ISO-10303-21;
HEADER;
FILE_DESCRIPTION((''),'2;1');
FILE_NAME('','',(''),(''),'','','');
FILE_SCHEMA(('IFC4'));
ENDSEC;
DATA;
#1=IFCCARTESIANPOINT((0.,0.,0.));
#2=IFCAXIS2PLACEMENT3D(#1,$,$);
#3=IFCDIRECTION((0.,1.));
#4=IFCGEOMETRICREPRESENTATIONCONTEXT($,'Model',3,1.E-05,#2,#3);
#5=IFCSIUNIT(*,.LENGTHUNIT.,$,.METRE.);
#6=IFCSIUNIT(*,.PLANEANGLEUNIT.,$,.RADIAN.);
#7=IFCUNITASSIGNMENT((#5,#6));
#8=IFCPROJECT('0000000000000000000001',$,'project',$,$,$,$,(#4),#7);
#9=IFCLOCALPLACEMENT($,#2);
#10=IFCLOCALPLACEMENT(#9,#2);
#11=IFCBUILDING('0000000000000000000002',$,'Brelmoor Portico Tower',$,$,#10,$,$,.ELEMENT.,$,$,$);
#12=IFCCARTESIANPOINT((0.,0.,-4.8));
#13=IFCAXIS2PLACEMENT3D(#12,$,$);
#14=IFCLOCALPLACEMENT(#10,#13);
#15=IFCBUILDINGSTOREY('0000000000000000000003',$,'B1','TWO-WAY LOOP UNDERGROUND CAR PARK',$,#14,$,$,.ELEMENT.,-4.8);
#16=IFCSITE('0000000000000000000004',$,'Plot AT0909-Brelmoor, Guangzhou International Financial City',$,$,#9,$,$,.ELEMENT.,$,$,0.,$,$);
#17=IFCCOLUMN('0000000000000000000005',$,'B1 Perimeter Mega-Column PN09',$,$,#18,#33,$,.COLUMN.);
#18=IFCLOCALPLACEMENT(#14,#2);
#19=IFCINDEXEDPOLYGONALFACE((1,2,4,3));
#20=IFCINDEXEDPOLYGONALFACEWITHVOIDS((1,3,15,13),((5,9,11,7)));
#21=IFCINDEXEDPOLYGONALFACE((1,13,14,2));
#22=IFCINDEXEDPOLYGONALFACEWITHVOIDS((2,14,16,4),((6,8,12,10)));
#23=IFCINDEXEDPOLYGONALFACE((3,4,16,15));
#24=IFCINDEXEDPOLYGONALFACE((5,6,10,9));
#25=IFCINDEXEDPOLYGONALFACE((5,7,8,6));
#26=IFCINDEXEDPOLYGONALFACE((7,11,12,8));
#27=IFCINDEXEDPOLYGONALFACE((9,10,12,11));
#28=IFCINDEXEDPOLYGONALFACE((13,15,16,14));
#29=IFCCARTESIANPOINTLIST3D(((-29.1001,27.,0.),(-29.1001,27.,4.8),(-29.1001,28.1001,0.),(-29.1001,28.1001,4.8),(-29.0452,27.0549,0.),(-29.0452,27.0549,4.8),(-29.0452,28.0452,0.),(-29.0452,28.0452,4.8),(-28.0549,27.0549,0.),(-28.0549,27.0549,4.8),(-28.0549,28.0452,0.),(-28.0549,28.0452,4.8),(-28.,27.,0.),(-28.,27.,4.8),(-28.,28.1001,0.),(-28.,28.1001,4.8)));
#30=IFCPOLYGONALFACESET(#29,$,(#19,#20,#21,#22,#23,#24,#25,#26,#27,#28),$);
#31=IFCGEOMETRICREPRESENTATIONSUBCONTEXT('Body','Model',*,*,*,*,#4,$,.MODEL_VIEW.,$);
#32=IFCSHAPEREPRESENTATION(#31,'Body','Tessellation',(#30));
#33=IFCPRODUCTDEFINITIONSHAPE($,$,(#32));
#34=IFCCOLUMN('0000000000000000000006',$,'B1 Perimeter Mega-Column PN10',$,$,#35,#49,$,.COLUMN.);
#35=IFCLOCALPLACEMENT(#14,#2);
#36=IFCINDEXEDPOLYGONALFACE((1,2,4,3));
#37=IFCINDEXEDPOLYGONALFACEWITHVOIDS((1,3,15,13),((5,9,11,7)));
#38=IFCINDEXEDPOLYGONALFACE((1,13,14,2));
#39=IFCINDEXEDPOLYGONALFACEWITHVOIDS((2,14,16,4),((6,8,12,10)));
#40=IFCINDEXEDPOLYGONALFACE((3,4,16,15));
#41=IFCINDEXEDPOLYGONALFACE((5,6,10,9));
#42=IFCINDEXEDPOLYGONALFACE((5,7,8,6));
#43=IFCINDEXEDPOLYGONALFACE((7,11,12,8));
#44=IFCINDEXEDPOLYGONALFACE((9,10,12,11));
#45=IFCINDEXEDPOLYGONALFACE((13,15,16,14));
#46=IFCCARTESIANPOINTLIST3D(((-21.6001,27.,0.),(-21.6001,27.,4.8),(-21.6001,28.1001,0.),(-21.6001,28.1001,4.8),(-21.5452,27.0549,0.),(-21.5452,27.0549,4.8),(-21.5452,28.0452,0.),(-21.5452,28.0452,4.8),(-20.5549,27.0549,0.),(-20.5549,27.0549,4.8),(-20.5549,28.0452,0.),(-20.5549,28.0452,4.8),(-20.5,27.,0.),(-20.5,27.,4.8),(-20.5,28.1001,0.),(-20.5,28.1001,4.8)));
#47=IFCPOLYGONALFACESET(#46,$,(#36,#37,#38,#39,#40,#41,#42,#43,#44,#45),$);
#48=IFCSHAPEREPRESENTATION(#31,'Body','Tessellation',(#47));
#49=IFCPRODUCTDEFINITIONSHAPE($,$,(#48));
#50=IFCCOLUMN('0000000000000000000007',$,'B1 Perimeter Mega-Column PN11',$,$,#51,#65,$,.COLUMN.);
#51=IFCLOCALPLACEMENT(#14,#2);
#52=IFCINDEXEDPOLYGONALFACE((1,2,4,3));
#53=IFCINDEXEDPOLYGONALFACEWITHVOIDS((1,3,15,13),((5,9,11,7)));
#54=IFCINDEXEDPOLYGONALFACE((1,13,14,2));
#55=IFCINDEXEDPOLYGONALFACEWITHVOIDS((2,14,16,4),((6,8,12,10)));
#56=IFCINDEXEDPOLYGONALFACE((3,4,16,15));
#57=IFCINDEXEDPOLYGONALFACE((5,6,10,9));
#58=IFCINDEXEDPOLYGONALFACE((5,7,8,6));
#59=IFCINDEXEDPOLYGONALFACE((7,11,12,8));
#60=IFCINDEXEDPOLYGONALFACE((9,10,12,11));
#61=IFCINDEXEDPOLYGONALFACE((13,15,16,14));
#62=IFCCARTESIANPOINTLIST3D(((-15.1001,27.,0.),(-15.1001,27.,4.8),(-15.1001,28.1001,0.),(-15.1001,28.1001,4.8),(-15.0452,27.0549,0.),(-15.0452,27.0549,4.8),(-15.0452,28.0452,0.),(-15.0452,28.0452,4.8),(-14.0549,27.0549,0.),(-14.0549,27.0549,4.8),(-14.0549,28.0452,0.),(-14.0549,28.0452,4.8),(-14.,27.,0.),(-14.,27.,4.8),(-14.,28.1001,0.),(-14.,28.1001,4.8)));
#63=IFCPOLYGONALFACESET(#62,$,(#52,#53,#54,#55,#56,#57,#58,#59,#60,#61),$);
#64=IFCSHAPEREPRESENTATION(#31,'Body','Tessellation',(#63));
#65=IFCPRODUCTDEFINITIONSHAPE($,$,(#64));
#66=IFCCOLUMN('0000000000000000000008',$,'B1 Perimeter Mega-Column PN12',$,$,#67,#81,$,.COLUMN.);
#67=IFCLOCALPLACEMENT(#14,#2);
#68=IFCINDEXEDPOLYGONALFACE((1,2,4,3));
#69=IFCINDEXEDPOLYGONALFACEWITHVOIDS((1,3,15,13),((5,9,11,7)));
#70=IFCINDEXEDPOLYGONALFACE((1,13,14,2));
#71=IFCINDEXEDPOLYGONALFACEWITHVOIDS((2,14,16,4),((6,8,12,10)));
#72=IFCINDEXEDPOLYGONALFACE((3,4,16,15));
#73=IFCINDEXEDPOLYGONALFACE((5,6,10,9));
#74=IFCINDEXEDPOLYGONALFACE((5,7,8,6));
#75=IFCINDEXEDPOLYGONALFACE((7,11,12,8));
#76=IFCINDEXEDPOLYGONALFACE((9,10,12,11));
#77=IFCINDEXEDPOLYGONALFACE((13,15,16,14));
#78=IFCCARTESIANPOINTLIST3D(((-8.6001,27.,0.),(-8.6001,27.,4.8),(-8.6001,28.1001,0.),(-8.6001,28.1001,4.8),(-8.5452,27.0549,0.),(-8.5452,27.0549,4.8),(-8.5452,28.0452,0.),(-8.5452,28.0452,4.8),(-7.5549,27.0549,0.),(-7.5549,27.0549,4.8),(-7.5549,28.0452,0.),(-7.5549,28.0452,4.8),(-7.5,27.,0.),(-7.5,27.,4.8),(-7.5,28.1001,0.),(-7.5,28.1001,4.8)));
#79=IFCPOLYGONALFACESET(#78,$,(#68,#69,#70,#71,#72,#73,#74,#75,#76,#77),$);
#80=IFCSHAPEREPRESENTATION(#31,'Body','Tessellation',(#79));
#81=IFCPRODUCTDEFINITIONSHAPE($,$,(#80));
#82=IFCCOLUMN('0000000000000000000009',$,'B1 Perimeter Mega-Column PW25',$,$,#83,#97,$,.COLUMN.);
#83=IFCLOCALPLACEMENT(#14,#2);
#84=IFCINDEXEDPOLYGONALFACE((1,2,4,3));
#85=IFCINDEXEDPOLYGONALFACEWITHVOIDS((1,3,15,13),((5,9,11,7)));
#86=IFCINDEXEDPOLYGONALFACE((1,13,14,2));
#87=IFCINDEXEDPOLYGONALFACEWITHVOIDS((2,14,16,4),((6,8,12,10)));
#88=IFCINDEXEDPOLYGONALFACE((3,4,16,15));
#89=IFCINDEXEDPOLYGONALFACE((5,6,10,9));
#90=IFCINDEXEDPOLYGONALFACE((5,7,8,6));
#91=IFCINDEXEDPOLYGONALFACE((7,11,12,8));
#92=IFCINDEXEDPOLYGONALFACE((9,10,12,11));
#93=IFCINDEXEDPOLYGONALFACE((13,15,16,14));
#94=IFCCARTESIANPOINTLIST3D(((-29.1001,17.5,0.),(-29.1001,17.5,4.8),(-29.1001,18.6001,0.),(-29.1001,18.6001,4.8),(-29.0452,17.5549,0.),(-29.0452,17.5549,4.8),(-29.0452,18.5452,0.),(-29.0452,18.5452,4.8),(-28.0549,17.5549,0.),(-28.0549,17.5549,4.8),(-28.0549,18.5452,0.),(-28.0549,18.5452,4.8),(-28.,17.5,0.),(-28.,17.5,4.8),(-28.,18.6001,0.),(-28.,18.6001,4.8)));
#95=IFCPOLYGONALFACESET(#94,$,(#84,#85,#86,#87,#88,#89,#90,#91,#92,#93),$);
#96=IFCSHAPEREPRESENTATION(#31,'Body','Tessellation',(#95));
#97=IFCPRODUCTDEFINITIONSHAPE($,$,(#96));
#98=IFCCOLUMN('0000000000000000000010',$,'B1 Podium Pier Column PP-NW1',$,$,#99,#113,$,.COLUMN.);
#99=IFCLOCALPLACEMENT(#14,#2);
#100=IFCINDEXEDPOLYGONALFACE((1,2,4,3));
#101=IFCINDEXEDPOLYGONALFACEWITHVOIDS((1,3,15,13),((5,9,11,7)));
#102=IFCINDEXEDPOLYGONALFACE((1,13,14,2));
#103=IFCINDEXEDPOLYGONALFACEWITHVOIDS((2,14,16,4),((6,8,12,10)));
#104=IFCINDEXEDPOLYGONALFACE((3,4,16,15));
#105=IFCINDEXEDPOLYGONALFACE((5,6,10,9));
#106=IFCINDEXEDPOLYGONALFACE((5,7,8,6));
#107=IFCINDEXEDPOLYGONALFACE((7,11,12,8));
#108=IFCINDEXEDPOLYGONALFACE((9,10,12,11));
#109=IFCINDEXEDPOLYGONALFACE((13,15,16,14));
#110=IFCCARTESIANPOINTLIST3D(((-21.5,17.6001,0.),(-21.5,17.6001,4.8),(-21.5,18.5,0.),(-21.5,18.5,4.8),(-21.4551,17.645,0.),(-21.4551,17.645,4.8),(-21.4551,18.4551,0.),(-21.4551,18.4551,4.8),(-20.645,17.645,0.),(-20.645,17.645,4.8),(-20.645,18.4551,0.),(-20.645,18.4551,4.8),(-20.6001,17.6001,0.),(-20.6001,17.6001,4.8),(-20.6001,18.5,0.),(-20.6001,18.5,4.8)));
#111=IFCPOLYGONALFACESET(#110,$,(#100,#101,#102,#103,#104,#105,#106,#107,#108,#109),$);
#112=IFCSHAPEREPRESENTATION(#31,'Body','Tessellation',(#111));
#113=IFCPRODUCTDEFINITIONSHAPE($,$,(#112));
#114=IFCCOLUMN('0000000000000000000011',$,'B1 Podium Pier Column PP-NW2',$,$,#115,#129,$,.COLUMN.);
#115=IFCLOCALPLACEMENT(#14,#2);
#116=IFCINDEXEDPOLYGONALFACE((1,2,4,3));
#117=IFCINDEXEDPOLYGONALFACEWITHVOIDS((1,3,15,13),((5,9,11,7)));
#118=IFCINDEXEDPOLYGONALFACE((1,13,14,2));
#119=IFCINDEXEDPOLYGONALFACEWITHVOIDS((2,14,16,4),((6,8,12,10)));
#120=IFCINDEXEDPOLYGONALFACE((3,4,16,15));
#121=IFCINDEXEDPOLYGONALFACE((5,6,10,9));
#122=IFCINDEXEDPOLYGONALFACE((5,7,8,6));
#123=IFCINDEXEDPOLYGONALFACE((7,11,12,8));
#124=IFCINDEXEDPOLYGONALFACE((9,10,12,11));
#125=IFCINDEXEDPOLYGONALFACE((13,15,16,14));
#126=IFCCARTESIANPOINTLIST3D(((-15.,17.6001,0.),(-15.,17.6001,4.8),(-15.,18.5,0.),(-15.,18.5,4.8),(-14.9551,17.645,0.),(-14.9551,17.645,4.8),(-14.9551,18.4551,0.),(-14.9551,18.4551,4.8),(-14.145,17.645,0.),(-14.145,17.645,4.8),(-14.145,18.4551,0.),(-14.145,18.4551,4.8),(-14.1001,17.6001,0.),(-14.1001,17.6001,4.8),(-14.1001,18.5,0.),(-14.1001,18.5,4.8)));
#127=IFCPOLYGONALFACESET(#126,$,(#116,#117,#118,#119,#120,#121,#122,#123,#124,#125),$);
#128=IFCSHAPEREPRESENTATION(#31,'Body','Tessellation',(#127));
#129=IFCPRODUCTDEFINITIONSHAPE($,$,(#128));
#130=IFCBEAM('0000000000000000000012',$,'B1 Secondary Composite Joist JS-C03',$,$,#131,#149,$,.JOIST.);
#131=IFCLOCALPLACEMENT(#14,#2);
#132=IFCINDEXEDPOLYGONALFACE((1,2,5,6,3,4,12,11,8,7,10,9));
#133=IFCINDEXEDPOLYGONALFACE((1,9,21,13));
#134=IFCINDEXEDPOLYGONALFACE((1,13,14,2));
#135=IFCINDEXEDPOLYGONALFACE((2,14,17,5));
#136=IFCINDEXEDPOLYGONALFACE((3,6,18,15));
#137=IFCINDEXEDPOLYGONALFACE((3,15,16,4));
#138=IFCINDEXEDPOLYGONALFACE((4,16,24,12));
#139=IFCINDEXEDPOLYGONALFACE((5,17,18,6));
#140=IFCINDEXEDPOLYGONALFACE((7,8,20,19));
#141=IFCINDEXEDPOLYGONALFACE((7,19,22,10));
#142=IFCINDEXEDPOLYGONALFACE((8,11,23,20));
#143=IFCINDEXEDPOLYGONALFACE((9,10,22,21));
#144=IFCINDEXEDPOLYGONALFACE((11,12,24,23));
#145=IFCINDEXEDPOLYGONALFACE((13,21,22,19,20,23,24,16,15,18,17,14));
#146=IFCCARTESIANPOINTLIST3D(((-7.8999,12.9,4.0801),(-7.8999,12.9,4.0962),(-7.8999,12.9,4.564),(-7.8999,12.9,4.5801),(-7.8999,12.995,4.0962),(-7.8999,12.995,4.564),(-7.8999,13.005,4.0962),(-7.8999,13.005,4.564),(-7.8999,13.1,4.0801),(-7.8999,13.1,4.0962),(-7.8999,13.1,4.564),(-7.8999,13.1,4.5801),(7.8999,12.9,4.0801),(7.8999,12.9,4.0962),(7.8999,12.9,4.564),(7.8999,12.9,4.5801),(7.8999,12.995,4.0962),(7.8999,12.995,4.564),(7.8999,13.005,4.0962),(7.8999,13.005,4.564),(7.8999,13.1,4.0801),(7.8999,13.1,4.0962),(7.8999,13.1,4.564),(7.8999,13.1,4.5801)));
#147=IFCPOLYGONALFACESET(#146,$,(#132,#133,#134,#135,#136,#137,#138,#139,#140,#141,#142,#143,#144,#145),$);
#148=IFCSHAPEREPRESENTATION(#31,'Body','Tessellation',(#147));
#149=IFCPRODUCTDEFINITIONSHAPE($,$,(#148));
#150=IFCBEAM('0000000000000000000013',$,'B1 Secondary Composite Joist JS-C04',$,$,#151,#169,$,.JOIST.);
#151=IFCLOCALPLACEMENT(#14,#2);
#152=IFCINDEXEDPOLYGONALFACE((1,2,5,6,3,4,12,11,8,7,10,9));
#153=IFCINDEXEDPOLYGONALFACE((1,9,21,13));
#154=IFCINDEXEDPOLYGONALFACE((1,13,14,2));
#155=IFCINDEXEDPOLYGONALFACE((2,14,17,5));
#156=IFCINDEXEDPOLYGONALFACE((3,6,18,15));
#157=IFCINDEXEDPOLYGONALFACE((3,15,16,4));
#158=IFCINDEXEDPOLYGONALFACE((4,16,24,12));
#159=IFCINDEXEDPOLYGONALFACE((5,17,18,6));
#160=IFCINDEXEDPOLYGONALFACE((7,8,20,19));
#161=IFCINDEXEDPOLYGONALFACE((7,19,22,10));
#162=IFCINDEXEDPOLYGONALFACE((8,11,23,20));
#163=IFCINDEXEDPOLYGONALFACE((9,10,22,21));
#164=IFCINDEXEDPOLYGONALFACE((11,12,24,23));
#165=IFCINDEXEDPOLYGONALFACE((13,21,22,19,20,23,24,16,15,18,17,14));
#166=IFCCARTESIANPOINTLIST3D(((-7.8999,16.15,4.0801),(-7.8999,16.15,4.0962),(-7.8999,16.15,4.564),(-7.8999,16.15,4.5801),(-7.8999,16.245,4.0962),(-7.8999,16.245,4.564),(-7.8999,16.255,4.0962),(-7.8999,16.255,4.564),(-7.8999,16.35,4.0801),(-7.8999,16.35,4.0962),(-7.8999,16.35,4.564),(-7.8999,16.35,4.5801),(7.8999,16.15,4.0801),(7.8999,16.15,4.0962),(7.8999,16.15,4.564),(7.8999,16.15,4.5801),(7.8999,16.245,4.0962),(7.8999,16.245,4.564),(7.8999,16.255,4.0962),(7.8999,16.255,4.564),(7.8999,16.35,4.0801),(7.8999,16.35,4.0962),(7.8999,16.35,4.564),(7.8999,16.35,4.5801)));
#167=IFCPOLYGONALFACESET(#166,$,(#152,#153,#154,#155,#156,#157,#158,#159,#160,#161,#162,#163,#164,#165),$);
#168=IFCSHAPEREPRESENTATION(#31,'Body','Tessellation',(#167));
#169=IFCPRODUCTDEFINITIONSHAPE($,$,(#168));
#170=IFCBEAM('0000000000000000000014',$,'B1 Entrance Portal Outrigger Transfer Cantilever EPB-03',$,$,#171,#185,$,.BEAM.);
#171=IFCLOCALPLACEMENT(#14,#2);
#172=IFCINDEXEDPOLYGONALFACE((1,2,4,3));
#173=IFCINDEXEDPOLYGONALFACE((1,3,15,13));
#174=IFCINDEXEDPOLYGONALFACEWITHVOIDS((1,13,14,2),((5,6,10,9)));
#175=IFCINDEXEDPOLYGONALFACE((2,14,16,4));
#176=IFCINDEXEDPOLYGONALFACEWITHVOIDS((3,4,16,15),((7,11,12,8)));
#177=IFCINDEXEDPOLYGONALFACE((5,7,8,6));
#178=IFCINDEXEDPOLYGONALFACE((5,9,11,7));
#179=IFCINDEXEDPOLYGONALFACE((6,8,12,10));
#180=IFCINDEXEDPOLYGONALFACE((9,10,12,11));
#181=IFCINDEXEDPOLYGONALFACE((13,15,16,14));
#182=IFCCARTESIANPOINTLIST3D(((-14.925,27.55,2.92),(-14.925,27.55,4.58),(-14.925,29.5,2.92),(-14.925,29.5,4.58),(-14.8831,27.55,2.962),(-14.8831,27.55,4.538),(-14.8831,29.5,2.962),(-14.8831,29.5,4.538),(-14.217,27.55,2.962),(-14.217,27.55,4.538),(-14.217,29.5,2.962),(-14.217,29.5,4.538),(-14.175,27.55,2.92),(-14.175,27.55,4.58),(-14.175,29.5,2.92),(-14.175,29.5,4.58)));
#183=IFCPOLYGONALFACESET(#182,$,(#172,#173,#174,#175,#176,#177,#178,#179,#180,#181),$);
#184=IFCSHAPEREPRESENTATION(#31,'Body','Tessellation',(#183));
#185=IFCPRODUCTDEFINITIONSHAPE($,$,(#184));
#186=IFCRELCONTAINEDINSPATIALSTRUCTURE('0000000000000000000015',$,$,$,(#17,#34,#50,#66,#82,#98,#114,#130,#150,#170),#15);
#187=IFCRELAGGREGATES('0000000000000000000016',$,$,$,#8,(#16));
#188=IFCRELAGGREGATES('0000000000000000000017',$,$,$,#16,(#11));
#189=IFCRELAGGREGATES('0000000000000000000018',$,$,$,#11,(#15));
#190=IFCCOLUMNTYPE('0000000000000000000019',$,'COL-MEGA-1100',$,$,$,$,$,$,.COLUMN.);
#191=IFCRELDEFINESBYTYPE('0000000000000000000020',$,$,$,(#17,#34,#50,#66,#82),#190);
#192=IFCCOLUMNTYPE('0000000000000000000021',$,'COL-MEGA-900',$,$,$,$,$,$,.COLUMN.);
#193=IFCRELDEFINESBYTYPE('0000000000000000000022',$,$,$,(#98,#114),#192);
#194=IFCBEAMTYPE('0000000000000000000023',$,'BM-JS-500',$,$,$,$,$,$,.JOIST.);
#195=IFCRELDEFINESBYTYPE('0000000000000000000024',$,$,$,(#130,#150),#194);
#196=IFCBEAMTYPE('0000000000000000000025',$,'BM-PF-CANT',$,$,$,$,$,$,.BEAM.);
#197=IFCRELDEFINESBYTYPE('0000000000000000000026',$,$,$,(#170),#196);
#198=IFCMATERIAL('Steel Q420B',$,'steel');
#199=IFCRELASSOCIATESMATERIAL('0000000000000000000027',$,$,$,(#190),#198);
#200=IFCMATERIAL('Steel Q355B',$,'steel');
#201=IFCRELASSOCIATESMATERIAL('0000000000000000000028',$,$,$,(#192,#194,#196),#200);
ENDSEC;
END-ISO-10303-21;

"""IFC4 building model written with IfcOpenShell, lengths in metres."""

from ifc_helpers import new_model, si_unit, direction, frame, origin, origin_2d, place, context, subcontext, project, spatial, hollow_rectangle, i_section, extrude, material, material_profile, profile_set, type_object, element, save


model = new_model("IFC4")

# Units and contexts
model_context = context("Model", 3, precision=1e-05, world=origin(), true_north=direction((0.0, 1.0)))
body_context = subcontext(model_context, "Body", "Model", "MODEL_VIEW")
ifc_project = project(units=[si_unit("LENGTHUNIT", "METRE"), si_unit("PLANEANGLEUNIT", "RADIAN")], contexts=[model_context])

# Site, building, storey
site_placement = place(None, origin())
site = spatial("IfcSite", under=ifc_project, at=site_placement, Name="Plot AT0909-Brelmoor, Guangzhou International Financial City", CompositionType="ELEMENT", RefElevation=0.0)
building_placement = place(site_placement, origin())
building = spatial("IfcBuilding", under=site, at=building_placement, Name="Brelmoor Portico Tower", CompositionType="ELEMENT")
storey_placement = place(building_placement, frame((0.0, 0.0, -4.8)))
storey = spatial("IfcBuildingStorey", under=building, at=storey_placement, Name="B1", Description="TWO-WAY LOOP UNDERGROUND CAR PARK", CompositionType="ELEMENT", Elevation=-4.8)

# Columns
ifc_material_1 = material(Name="Steel Q420B", Category="steel")
ifc_material_profile_1 = material_profile(ifc_material_1, hollow_rectangle(XDim=1.1001, YDim=1.1001, WallThickness=0.0549, at=origin_2d()), Name="BOX 1100x1100x55")
ifc_profile_set_1 = profile_set([ifc_material_profile_1], Name="Steel Q420B")
column_type_1 = type_object("IfcColumnType", Name="COL-MEGA-1100", PredefinedType="COLUMN", material=ifc_profile_set_1)
for number, where, z_axis, x_axis, name in (
    (1, (-28.55, 27.55, 0.0), (0.0, 0.0, 1.0), (1.0, 0.0, 0.0), "B1 Perimeter Mega-Column PN09"),
    (2, (-21.05, 27.55, 0.0), (0.0, 0.0, 1.0), (1.0, 0.0, 0.0), "B1 Perimeter Mega-Column PN10"),
    (3, (-14.55, 27.55, 0.0), (0.0, 0.0, 1.0), (1.0, 0.0, 0.0), "B1 Perimeter Mega-Column PN11"),
    (4, (-8.05, 27.55, 0.0), (0.0, 0.0, 1.0), (1.0, 0.0, 0.0), "B1 Perimeter Mega-Column PN12"),
    (5, (-28.55, 18.05, 0.0), (0.0, 0.0, 1.0), (0.0, 1.0, 0.0), "B1 Perimeter Mega-Column PW25"),
):
    element("IfcColumn", number, at=place(storey_placement, frame(where, z_axis=z_axis, x_axis=x_axis)), inside=storey, type_object=column_type_1, Name=name, PredefinedType="COLUMN", context=body_context, shape_type="SweptSolid", body=[
        extrude(hollow_rectangle(XDim=1.1001, YDim=1.1001, WallThickness=0.0549, at=origin_2d()), origin(), (0.0, 0.0, 1.0), 4.8),
    ])
ifc_material_2 = material(Name="Steel Q355B", Category="steel")
ifc_material_profile_2 = material_profile(ifc_material_2, hollow_rectangle(XDim=0.8999, YDim=0.8999, WallThickness=0.0449, at=origin_2d()), Name="BOX 900x900x45")
ifc_profile_set_2 = profile_set([ifc_material_profile_2], Name="Steel Q355B")
column_type_2 = type_object("IfcColumnType", Name="COL-MEGA-900", PredefinedType="COLUMN", material=ifc_profile_set_2)
for number, where, z_axis, x_axis, name in (
    (6, (-21.05, 18.05, 0.0), (0.0, 0.0, 1.0), (1.0, 0.0, 0.0), "B1 Podium Pier Column PP-NW1"),
    (7, (-14.55, 18.05, 0.0), (0.0, 0.0, 1.0), (1.0, 0.0, 0.0), "B1 Podium Pier Column PP-NW2"),
):
    element("IfcColumn", number, at=place(storey_placement, frame(where, z_axis=z_axis, x_axis=x_axis)), inside=storey, type_object=column_type_2, Name=name, PredefinedType="COLUMN", context=body_context, shape_type="SweptSolid", body=[
        extrude(hollow_rectangle(XDim=0.8999, YDim=0.8999, WallThickness=0.0449, at=origin_2d()), origin(), (0.0, 0.0, 1.0), 4.8),
    ])

# Beams
ifc_material_profile_3 = material_profile(ifc_material_2, i_section(OverallWidth=0.2, OverallDepth=0.5, WebThickness=0.01, FlangeThickness=0.0161, at=origin_2d()), Name="HN 500x200x10x16")
ifc_profile_set_3 = profile_set([ifc_material_profile_3], Name="Steel Q355B")
beam_type_1 = type_object("IfcBeamType", Name="BM-JS-500", PredefinedType="JOIST", material=ifc_profile_set_3)
for number, where, z_axis, x_axis, name in (
    (8, (-7.8999, 13.0, 4.3301), (1.0, 0.0, 0.0), (0.0, 1.0, 0.0), "B1 Secondary Composite Joist JS-C03"),
    (9, (-7.8999, 16.25, 4.3301), (1.0, 0.0, 0.0), (0.0, 1.0, 0.0), "B1 Secondary Composite Joist JS-C04"),
):
    element("IfcBeam", number, at=place(storey_placement, frame(where, z_axis=z_axis, x_axis=x_axis)), inside=storey, type_object=beam_type_1, Name=name, PredefinedType="JOIST", context=body_context, shape_type="SweptSolid", body=[
        extrude(i_section(OverallWidth=0.2, OverallDepth=0.5, WebThickness=0.01, FlangeThickness=0.0161, at=origin_2d()), origin(), (0.0, 0.0, 1.0), 15.7998),
    ])
ifc_material_profile_4 = material_profile(ifc_material_2, hollow_rectangle(XDim=0.75, YDim=1.6599, WallThickness=0.042, at=origin_2d()), Name="BOX 750x1660x42")
ifc_profile_set_4 = profile_set([ifc_material_profile_4], Name="Steel Q355B")
beam_type_2 = type_object("IfcBeamType", Name="BM-PF-CANT", PredefinedType="BEAM", material=ifc_profile_set_4)
beam_1_placement = place(storey_placement, frame((-14.55, 27.55, 3.75), z_axis=(0.0, 1.0, 0.0), x_axis=(-1.0, 0.0, 0.0)))
element("IfcBeam", 10, at=beam_1_placement, inside=storey, type_object=beam_type_2, Name="B1 Entrance Portal Outrigger Transfer Cantilever EPB-03", PredefinedType="BEAM", context=body_context, shape_type="SweptSolid", body=[
    extrude(hollow_rectangle(XDim=0.75, YDim=1.6599, WallThickness=0.042, at=origin_2d()), origin(), (0.0, 0.0, 1.0), 1.95),
])

save(model, "model.ifc")
